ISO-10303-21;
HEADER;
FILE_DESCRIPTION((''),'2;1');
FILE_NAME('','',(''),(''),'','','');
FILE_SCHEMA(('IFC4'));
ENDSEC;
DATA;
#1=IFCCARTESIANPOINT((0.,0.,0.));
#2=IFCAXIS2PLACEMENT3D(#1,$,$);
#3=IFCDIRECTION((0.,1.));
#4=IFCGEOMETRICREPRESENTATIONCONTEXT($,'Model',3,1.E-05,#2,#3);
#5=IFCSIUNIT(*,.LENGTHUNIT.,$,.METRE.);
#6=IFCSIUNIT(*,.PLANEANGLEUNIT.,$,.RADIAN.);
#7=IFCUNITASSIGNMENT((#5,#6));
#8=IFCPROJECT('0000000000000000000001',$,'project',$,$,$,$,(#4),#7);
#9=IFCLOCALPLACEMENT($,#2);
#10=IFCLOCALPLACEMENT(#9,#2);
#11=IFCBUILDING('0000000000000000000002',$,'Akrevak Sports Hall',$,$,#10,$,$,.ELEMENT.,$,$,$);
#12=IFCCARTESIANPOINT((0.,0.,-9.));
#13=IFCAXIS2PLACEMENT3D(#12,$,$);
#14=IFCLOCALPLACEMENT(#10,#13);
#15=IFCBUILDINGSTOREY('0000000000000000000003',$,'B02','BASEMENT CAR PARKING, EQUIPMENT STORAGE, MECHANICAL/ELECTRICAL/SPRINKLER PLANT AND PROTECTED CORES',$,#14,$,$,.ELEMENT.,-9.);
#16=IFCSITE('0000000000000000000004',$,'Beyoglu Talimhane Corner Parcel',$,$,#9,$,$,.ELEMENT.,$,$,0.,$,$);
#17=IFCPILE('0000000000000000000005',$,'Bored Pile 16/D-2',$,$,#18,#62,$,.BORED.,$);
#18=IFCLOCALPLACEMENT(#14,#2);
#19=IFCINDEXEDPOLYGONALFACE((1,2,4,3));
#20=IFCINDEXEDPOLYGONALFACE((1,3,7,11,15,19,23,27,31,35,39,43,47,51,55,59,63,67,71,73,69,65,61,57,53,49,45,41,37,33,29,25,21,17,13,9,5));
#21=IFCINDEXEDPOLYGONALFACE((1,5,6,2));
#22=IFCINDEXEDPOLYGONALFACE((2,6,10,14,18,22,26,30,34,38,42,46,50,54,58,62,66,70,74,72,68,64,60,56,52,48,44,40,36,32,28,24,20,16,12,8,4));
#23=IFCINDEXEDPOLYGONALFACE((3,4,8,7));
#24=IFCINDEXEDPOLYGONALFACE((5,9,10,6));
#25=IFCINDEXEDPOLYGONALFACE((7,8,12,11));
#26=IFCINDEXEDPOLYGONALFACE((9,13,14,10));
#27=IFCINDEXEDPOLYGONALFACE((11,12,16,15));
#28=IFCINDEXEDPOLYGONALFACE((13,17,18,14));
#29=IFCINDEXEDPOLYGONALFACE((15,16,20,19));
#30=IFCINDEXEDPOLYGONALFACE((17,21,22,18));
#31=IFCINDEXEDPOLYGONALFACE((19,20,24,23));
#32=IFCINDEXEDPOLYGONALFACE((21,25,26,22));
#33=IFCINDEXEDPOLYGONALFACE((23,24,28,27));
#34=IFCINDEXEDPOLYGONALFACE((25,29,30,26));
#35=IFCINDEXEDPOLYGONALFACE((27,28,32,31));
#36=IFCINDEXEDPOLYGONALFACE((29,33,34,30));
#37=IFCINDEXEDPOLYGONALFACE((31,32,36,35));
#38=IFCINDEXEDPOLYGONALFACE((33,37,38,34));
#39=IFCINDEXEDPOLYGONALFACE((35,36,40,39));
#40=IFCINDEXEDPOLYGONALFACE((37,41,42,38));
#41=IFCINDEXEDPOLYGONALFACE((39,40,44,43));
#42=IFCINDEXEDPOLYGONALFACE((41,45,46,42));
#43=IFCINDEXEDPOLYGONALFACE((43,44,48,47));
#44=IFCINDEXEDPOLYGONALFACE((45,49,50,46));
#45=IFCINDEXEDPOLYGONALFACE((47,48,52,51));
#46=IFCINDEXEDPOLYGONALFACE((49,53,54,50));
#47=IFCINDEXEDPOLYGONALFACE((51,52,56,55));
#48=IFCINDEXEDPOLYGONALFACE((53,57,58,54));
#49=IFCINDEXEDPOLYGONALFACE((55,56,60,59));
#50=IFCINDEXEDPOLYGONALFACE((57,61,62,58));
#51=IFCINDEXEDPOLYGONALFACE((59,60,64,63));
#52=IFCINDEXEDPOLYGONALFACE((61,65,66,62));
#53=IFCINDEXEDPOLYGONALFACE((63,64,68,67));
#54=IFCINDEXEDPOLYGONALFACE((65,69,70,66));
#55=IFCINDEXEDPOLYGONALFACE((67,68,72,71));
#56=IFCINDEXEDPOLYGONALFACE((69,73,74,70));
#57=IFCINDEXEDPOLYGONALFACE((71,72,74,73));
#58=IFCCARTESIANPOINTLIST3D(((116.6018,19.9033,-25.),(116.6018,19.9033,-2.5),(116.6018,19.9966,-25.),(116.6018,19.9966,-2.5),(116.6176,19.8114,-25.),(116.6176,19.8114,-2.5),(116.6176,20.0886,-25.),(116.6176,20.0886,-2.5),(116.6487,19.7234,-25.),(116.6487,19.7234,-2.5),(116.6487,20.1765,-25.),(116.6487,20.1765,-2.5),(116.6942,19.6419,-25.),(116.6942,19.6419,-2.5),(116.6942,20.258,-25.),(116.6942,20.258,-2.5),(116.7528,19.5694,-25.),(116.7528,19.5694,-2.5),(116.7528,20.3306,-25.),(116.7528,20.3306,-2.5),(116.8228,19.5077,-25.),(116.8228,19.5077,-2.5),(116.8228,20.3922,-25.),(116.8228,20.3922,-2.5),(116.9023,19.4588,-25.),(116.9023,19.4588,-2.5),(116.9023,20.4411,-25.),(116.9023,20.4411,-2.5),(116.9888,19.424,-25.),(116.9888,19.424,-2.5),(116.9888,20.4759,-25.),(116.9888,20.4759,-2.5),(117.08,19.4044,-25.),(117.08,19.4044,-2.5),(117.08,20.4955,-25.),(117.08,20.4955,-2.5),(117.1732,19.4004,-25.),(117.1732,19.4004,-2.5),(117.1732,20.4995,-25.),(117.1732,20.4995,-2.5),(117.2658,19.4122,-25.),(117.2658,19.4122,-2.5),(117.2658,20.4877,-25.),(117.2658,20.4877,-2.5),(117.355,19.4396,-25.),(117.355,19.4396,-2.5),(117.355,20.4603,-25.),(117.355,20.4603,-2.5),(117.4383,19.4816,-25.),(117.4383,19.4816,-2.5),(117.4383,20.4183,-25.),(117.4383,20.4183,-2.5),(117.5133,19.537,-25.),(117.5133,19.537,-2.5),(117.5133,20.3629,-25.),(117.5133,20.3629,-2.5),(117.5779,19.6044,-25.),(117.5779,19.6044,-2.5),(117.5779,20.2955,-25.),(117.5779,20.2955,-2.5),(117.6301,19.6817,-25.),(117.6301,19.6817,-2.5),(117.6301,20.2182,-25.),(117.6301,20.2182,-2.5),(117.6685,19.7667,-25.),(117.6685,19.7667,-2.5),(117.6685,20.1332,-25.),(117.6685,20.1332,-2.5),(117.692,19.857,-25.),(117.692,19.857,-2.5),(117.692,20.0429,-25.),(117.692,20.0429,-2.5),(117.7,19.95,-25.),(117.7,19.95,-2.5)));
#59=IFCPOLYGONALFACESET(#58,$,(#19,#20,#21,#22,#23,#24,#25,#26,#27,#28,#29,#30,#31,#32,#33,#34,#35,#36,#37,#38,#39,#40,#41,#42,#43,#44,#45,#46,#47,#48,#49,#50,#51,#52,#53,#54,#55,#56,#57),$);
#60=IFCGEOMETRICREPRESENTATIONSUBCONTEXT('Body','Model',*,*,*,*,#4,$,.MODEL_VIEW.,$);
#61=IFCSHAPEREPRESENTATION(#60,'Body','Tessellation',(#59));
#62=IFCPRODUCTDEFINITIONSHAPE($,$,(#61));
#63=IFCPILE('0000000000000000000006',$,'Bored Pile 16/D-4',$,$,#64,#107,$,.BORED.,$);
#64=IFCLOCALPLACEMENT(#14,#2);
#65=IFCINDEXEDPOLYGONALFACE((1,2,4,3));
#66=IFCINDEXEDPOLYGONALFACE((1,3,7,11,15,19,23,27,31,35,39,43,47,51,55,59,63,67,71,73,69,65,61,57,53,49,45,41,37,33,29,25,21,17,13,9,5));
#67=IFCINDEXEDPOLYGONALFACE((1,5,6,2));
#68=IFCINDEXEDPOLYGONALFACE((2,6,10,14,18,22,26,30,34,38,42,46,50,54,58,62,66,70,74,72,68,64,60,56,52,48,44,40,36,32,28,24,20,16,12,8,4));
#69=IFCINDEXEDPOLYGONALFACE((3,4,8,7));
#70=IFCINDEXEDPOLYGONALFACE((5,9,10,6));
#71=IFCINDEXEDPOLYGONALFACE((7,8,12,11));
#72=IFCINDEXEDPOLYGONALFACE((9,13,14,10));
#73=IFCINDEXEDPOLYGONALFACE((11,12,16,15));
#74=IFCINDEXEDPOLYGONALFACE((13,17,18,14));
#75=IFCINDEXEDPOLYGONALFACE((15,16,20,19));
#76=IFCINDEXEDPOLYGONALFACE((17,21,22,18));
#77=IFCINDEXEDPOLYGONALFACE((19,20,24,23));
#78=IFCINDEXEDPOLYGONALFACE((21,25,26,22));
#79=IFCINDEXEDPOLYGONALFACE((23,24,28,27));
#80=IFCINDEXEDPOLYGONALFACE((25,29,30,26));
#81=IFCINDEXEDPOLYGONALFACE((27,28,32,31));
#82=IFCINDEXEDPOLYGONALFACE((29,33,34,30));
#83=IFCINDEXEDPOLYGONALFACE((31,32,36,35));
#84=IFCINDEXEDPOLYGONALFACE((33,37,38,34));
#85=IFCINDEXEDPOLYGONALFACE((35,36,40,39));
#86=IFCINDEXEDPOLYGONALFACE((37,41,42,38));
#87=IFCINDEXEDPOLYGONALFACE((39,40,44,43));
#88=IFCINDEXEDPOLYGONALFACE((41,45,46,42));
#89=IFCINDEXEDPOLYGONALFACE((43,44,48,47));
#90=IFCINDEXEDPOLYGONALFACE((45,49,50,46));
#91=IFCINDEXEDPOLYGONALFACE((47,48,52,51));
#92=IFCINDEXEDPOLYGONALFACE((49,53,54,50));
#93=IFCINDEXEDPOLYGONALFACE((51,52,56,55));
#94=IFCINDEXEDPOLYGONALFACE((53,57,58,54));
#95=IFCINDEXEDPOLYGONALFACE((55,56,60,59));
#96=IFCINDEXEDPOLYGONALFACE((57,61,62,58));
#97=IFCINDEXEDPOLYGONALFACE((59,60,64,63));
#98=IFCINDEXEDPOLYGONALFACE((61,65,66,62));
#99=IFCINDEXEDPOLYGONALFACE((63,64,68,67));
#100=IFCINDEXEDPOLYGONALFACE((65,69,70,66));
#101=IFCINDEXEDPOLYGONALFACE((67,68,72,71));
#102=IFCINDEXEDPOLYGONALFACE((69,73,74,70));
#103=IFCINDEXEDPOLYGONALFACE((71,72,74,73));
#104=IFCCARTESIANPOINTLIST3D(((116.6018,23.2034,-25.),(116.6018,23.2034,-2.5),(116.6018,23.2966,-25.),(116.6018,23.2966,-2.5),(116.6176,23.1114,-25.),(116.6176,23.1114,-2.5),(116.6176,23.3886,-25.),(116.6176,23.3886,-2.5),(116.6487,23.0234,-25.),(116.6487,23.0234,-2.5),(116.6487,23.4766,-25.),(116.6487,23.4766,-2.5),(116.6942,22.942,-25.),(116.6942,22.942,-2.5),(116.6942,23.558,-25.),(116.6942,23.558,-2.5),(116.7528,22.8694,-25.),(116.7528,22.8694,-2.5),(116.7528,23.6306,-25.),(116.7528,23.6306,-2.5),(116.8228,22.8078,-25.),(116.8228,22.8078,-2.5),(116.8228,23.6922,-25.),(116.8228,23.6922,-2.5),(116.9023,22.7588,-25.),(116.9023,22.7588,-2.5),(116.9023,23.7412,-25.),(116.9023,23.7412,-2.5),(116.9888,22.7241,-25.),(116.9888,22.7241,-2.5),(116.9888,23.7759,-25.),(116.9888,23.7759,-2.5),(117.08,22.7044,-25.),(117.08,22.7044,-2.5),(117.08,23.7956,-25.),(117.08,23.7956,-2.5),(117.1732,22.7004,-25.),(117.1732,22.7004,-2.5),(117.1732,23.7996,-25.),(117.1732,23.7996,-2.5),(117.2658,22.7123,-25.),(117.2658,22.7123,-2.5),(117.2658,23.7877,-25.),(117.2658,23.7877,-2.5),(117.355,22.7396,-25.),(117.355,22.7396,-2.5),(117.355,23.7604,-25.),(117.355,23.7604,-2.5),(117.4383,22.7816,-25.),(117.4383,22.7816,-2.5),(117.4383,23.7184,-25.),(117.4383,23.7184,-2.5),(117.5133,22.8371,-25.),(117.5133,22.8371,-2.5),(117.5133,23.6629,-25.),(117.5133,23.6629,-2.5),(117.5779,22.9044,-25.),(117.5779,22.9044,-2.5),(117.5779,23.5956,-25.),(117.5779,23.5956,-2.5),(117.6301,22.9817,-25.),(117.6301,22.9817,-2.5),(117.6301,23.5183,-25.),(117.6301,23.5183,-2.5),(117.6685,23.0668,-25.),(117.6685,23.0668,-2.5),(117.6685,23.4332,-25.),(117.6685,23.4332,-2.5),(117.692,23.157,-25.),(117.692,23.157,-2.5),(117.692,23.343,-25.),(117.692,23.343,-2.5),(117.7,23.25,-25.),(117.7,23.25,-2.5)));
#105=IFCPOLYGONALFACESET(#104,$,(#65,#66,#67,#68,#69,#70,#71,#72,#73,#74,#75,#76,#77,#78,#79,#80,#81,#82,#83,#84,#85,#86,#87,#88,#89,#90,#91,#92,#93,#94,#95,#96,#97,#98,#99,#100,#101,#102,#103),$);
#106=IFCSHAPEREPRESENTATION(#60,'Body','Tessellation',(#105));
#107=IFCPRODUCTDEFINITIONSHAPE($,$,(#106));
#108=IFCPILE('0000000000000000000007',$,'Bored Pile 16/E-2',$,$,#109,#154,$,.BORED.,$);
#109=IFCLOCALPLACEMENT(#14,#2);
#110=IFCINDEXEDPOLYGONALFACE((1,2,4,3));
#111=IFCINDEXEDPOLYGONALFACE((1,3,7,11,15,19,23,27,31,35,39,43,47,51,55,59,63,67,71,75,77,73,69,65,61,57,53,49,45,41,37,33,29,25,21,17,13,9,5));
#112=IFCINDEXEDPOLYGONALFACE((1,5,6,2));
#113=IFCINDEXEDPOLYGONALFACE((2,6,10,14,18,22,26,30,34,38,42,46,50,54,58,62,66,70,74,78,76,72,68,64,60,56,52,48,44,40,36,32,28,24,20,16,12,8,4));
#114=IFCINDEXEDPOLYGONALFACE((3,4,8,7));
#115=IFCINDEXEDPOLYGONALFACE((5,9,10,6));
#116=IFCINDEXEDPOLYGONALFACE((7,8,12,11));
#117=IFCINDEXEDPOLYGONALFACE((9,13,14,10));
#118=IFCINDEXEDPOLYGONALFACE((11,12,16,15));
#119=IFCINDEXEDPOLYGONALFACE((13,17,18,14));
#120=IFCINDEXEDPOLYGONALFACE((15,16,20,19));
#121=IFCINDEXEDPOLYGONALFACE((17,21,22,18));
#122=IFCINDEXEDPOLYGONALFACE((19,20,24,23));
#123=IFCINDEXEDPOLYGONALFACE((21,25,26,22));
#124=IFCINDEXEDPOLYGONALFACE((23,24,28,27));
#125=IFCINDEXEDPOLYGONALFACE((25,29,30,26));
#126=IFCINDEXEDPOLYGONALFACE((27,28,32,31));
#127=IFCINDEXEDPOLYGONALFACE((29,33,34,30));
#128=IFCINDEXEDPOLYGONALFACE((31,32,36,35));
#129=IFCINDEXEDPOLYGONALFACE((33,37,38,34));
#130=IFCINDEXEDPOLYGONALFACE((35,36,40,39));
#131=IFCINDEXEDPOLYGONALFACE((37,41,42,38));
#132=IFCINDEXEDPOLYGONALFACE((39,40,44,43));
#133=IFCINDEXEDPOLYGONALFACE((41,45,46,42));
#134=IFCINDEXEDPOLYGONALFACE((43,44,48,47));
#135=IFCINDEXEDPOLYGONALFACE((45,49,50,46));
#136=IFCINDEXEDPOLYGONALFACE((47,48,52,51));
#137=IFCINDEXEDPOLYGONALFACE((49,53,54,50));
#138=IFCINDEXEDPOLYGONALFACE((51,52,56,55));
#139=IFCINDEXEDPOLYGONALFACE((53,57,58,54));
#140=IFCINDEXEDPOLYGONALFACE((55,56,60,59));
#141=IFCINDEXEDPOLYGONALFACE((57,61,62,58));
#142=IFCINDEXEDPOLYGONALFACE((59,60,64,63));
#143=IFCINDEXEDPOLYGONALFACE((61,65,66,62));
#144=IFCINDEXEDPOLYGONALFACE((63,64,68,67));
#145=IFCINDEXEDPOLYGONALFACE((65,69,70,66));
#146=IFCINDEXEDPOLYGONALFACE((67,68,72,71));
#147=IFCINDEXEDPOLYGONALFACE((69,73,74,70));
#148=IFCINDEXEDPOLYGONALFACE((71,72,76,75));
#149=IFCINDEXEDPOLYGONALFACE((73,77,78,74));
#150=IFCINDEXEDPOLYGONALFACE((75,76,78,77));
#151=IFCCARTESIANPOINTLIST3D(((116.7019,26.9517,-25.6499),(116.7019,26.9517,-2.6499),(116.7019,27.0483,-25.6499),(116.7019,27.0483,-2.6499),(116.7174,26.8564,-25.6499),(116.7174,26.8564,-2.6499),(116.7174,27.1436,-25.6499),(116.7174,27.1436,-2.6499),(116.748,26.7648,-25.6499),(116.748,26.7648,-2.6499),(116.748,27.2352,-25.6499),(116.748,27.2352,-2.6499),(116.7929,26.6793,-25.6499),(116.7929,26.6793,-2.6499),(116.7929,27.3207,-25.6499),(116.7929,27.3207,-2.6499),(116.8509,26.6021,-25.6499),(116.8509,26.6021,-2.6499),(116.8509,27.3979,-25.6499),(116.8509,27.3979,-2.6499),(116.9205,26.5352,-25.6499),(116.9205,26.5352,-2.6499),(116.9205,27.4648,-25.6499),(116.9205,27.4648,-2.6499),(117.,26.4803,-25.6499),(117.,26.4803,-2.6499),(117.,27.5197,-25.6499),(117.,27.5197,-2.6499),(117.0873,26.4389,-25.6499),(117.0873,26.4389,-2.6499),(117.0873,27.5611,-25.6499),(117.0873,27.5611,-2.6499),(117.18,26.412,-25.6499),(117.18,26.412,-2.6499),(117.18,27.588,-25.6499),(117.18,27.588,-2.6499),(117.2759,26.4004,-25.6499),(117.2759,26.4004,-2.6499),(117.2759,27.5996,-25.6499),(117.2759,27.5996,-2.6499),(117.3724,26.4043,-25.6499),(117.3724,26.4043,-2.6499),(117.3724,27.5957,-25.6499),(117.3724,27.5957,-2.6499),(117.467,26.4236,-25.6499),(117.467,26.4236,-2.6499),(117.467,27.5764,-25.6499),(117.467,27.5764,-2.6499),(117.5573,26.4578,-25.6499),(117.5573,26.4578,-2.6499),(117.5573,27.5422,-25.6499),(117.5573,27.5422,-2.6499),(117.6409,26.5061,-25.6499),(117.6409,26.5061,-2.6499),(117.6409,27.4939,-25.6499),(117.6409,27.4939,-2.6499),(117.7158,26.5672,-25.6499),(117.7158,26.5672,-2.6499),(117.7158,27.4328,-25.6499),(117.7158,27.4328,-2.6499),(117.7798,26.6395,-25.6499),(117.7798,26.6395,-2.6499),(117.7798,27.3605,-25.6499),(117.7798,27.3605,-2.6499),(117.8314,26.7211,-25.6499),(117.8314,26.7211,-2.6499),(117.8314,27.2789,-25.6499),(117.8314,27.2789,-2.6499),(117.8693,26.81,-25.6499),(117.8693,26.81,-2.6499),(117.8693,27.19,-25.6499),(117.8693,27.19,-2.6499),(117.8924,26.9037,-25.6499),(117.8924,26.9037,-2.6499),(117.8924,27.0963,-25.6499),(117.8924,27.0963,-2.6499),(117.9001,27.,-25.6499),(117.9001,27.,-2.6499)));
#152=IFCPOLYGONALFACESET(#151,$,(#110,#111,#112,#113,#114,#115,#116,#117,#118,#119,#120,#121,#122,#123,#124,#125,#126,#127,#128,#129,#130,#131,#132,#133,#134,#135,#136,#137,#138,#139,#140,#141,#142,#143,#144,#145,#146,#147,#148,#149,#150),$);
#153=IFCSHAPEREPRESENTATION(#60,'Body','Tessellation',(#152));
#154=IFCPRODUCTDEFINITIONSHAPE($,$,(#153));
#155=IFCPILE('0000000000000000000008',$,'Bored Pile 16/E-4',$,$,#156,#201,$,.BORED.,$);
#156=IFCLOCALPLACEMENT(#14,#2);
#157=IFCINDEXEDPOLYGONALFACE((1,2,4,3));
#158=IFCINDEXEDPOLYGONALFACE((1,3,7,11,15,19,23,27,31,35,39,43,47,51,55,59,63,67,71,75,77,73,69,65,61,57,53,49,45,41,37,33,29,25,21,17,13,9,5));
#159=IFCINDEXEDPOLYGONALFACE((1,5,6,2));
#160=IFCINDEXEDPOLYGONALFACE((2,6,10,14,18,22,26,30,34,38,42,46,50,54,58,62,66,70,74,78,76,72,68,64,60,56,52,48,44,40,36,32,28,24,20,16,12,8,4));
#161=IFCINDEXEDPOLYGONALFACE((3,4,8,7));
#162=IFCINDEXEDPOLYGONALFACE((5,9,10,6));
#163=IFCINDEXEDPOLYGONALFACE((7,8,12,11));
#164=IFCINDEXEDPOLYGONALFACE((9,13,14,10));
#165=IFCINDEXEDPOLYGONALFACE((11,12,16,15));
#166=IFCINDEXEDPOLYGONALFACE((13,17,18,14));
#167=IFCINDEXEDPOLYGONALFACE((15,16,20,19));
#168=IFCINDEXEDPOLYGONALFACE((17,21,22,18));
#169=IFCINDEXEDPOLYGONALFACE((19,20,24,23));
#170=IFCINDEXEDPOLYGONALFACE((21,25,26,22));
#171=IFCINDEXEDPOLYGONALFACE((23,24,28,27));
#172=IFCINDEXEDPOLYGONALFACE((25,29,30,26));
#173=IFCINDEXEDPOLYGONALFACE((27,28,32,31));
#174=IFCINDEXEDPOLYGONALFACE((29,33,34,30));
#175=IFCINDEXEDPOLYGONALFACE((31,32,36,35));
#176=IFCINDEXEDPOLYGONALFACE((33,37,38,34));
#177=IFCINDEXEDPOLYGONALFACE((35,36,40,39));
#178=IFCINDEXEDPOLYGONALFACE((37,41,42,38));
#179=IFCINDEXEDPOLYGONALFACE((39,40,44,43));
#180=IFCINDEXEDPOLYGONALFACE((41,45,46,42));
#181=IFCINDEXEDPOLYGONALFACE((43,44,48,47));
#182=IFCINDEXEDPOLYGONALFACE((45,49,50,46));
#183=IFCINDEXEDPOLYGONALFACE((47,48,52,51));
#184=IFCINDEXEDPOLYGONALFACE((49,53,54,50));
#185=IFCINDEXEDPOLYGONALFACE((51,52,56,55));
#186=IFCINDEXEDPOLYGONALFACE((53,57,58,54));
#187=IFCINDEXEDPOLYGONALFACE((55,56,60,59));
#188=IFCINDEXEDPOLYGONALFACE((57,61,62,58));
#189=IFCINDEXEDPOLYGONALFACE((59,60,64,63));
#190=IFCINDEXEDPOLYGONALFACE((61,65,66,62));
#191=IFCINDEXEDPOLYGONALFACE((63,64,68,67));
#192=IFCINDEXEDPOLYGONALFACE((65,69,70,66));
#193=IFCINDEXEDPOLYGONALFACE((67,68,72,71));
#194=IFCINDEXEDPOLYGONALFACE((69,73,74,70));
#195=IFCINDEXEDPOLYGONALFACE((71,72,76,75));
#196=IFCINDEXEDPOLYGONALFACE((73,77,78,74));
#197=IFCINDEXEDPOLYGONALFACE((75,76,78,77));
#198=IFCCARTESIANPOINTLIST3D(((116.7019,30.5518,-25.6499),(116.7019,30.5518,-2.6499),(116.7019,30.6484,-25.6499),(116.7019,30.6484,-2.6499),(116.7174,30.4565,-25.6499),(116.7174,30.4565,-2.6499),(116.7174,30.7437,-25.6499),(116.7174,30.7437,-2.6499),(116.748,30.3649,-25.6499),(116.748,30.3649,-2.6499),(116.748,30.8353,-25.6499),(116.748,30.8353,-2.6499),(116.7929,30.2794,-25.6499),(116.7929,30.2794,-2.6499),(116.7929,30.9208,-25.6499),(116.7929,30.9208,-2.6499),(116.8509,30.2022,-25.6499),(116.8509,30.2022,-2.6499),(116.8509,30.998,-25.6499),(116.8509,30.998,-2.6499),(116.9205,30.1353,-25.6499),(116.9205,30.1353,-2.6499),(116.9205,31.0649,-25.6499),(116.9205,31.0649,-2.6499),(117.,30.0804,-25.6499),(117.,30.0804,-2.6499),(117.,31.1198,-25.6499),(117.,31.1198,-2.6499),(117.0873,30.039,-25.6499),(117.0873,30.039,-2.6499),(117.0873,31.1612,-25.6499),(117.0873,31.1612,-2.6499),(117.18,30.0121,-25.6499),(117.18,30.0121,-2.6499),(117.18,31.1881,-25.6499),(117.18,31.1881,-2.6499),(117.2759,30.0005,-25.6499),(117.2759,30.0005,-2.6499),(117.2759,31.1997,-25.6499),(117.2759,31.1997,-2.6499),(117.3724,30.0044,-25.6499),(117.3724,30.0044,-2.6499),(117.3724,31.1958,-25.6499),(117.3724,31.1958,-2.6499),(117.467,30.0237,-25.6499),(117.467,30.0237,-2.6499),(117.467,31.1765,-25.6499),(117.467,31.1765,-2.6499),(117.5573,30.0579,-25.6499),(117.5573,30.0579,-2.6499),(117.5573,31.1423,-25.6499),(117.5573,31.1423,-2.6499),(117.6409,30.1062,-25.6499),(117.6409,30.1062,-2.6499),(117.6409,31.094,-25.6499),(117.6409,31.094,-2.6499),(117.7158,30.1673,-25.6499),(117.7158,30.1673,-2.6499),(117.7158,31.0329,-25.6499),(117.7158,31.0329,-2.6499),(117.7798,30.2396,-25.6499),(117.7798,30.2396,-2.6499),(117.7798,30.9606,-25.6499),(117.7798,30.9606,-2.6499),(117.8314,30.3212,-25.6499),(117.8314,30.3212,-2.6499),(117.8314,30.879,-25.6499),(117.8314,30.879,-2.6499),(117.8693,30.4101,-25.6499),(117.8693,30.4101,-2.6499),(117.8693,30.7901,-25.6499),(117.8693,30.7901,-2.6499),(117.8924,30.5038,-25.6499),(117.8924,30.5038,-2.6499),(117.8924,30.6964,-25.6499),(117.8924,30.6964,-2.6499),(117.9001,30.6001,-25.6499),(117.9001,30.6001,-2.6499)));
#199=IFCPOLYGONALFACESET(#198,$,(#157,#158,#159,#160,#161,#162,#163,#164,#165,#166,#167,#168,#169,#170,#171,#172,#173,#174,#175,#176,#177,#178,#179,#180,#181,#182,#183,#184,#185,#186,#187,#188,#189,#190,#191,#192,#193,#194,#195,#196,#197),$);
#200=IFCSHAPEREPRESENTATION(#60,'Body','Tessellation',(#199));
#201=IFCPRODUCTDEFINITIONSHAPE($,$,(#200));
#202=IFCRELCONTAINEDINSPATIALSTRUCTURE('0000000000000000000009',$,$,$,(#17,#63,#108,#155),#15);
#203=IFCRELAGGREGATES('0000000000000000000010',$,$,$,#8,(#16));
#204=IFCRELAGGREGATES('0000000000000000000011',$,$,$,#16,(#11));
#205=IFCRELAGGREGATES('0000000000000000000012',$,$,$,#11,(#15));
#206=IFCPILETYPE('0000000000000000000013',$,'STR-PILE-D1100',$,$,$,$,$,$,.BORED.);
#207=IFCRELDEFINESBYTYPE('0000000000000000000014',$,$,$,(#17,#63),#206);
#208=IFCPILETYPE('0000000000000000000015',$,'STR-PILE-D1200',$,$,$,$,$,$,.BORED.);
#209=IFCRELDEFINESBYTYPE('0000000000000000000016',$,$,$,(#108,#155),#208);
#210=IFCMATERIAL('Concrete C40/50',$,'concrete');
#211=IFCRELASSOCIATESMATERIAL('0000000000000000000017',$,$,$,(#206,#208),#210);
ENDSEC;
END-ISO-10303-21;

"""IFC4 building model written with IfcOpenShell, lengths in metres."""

from ifc_helpers import new_model, si_unit, direction, frame, origin, origin_2d, place, context, subcontext, project, spatial, circle, extrude, material, material_profile, profile_set, type_object, element, save


model = new_model("IFC4")

# Units and contexts
model_context = context("Model", 3, precision=1e-05, world=origin(), true_north=direction((0.0, 1.0)))
body_context = subcontext(model_context, "Body", "Model", "MODEL_VIEW")
ifc_project = project(units=[si_unit("LENGTHUNIT", "METRE"), si_unit("PLANEANGLEUNIT", "RADIAN")], contexts=[model_context])

# Site, building, storey
site_placement = place(None, origin())
site = spatial("IfcSite", under=ifc_project, at=site_placement, Name="Beyoglu Talimhane Corner Parcel", CompositionType="ELEMENT", RefElevation=0.0)
building_placement = place(site_placement, origin())
building = spatial("IfcBuilding", under=site, at=building_placement, Name="Akrevak Sports Hall", CompositionType="ELEMENT")
storey_placement = place(building_placement, frame((0.0, 0.0, -9.0)))
storey = spatial("IfcBuildingStorey", under=building, at=storey_placement, Name="B02", Description="BASEMENT CAR PARKING, EQUIPMENT STORAGE, MECHANICAL/ELECTRICAL/SPRINKLER PLANT AND PROTECTED CORES", CompositionType="ELEMENT", Elevation=-9.0)

# Shared definitions
ifc_material_1 = material(Name="Concrete C40/50", Category="concrete")

# Piles
ifc_material_profile_1 = material_profile(ifc_material_1, circle(Radius=0.55, at=origin_2d()), Name="BORED PILE D1100", Category="concrete")
ifc_profile_set_1 = profile_set([ifc_material_profile_1], Name="Concrete C40/50")
pile_type_1 = type_object("IfcPileType", Name="STR-PILE-D1100", PredefinedType="BORED", material=ifc_profile_set_1)
for number, where, z_axis, x_axis, name in (
    (1, (117.1499, 19.95, -2.5), (0.0, 0.0, -1.0), (1.0, 0.0, 0.0), "Bored Pile 16/D-2"),
    (2, (117.1499, 23.25, -2.5), (0.0, 0.0, -1.0), (1.0, 0.0, 0.0), "Bored Pile 16/D-4"),
):
    element("IfcPile", number, at=place(storey_placement, frame(where, z_axis=z_axis, x_axis=x_axis)), inside=storey, type_object=pile_type_1, Name=name, PredefinedType="BORED", context=body_context, shape_type="SweptSolid", body=[
        extrude(circle(Radius=0.55, at=origin_2d()), origin(), (0.0, 0.0, 1.0), 22.5),
    ])
ifc_material_profile_2 = material_profile(ifc_material_1, circle(Radius=0.6001, at=origin_2d()), Name="BORED PILE D1200", Category="concrete")
ifc_profile_set_2 = profile_set([ifc_material_profile_2], Name="Concrete C40/50")
pile_type_2 = type_object("IfcPileType", Name="STR-PILE-D1200", PredefinedType="BORED", material=ifc_profile_set_2)
for number, where, z_axis, x_axis, name in (
    (3, (117.3, 27.0, -2.6499), (0.0, 0.0, -1.0), (1.0, 0.0, 0.0), "Bored Pile 16/E-2"),
    (4, (117.3, 30.6001, -2.6499), (0.0, 0.0, -1.0), (1.0, 0.0, 0.0), "Bored Pile 16/E-4"),
):
    element("IfcPile", number, at=place(storey_placement, frame(where, z_axis=z_axis, x_axis=x_axis)), inside=storey, type_object=pile_type_2, Name=name, PredefinedType="BORED", context=body_context, shape_type="SweptSolid", body=[
        extrude(circle(Radius=0.6001, at=origin_2d()), origin(), (0.0, 0.0, 1.0), 23.0),
    ])

save(model, "model.ifc")
